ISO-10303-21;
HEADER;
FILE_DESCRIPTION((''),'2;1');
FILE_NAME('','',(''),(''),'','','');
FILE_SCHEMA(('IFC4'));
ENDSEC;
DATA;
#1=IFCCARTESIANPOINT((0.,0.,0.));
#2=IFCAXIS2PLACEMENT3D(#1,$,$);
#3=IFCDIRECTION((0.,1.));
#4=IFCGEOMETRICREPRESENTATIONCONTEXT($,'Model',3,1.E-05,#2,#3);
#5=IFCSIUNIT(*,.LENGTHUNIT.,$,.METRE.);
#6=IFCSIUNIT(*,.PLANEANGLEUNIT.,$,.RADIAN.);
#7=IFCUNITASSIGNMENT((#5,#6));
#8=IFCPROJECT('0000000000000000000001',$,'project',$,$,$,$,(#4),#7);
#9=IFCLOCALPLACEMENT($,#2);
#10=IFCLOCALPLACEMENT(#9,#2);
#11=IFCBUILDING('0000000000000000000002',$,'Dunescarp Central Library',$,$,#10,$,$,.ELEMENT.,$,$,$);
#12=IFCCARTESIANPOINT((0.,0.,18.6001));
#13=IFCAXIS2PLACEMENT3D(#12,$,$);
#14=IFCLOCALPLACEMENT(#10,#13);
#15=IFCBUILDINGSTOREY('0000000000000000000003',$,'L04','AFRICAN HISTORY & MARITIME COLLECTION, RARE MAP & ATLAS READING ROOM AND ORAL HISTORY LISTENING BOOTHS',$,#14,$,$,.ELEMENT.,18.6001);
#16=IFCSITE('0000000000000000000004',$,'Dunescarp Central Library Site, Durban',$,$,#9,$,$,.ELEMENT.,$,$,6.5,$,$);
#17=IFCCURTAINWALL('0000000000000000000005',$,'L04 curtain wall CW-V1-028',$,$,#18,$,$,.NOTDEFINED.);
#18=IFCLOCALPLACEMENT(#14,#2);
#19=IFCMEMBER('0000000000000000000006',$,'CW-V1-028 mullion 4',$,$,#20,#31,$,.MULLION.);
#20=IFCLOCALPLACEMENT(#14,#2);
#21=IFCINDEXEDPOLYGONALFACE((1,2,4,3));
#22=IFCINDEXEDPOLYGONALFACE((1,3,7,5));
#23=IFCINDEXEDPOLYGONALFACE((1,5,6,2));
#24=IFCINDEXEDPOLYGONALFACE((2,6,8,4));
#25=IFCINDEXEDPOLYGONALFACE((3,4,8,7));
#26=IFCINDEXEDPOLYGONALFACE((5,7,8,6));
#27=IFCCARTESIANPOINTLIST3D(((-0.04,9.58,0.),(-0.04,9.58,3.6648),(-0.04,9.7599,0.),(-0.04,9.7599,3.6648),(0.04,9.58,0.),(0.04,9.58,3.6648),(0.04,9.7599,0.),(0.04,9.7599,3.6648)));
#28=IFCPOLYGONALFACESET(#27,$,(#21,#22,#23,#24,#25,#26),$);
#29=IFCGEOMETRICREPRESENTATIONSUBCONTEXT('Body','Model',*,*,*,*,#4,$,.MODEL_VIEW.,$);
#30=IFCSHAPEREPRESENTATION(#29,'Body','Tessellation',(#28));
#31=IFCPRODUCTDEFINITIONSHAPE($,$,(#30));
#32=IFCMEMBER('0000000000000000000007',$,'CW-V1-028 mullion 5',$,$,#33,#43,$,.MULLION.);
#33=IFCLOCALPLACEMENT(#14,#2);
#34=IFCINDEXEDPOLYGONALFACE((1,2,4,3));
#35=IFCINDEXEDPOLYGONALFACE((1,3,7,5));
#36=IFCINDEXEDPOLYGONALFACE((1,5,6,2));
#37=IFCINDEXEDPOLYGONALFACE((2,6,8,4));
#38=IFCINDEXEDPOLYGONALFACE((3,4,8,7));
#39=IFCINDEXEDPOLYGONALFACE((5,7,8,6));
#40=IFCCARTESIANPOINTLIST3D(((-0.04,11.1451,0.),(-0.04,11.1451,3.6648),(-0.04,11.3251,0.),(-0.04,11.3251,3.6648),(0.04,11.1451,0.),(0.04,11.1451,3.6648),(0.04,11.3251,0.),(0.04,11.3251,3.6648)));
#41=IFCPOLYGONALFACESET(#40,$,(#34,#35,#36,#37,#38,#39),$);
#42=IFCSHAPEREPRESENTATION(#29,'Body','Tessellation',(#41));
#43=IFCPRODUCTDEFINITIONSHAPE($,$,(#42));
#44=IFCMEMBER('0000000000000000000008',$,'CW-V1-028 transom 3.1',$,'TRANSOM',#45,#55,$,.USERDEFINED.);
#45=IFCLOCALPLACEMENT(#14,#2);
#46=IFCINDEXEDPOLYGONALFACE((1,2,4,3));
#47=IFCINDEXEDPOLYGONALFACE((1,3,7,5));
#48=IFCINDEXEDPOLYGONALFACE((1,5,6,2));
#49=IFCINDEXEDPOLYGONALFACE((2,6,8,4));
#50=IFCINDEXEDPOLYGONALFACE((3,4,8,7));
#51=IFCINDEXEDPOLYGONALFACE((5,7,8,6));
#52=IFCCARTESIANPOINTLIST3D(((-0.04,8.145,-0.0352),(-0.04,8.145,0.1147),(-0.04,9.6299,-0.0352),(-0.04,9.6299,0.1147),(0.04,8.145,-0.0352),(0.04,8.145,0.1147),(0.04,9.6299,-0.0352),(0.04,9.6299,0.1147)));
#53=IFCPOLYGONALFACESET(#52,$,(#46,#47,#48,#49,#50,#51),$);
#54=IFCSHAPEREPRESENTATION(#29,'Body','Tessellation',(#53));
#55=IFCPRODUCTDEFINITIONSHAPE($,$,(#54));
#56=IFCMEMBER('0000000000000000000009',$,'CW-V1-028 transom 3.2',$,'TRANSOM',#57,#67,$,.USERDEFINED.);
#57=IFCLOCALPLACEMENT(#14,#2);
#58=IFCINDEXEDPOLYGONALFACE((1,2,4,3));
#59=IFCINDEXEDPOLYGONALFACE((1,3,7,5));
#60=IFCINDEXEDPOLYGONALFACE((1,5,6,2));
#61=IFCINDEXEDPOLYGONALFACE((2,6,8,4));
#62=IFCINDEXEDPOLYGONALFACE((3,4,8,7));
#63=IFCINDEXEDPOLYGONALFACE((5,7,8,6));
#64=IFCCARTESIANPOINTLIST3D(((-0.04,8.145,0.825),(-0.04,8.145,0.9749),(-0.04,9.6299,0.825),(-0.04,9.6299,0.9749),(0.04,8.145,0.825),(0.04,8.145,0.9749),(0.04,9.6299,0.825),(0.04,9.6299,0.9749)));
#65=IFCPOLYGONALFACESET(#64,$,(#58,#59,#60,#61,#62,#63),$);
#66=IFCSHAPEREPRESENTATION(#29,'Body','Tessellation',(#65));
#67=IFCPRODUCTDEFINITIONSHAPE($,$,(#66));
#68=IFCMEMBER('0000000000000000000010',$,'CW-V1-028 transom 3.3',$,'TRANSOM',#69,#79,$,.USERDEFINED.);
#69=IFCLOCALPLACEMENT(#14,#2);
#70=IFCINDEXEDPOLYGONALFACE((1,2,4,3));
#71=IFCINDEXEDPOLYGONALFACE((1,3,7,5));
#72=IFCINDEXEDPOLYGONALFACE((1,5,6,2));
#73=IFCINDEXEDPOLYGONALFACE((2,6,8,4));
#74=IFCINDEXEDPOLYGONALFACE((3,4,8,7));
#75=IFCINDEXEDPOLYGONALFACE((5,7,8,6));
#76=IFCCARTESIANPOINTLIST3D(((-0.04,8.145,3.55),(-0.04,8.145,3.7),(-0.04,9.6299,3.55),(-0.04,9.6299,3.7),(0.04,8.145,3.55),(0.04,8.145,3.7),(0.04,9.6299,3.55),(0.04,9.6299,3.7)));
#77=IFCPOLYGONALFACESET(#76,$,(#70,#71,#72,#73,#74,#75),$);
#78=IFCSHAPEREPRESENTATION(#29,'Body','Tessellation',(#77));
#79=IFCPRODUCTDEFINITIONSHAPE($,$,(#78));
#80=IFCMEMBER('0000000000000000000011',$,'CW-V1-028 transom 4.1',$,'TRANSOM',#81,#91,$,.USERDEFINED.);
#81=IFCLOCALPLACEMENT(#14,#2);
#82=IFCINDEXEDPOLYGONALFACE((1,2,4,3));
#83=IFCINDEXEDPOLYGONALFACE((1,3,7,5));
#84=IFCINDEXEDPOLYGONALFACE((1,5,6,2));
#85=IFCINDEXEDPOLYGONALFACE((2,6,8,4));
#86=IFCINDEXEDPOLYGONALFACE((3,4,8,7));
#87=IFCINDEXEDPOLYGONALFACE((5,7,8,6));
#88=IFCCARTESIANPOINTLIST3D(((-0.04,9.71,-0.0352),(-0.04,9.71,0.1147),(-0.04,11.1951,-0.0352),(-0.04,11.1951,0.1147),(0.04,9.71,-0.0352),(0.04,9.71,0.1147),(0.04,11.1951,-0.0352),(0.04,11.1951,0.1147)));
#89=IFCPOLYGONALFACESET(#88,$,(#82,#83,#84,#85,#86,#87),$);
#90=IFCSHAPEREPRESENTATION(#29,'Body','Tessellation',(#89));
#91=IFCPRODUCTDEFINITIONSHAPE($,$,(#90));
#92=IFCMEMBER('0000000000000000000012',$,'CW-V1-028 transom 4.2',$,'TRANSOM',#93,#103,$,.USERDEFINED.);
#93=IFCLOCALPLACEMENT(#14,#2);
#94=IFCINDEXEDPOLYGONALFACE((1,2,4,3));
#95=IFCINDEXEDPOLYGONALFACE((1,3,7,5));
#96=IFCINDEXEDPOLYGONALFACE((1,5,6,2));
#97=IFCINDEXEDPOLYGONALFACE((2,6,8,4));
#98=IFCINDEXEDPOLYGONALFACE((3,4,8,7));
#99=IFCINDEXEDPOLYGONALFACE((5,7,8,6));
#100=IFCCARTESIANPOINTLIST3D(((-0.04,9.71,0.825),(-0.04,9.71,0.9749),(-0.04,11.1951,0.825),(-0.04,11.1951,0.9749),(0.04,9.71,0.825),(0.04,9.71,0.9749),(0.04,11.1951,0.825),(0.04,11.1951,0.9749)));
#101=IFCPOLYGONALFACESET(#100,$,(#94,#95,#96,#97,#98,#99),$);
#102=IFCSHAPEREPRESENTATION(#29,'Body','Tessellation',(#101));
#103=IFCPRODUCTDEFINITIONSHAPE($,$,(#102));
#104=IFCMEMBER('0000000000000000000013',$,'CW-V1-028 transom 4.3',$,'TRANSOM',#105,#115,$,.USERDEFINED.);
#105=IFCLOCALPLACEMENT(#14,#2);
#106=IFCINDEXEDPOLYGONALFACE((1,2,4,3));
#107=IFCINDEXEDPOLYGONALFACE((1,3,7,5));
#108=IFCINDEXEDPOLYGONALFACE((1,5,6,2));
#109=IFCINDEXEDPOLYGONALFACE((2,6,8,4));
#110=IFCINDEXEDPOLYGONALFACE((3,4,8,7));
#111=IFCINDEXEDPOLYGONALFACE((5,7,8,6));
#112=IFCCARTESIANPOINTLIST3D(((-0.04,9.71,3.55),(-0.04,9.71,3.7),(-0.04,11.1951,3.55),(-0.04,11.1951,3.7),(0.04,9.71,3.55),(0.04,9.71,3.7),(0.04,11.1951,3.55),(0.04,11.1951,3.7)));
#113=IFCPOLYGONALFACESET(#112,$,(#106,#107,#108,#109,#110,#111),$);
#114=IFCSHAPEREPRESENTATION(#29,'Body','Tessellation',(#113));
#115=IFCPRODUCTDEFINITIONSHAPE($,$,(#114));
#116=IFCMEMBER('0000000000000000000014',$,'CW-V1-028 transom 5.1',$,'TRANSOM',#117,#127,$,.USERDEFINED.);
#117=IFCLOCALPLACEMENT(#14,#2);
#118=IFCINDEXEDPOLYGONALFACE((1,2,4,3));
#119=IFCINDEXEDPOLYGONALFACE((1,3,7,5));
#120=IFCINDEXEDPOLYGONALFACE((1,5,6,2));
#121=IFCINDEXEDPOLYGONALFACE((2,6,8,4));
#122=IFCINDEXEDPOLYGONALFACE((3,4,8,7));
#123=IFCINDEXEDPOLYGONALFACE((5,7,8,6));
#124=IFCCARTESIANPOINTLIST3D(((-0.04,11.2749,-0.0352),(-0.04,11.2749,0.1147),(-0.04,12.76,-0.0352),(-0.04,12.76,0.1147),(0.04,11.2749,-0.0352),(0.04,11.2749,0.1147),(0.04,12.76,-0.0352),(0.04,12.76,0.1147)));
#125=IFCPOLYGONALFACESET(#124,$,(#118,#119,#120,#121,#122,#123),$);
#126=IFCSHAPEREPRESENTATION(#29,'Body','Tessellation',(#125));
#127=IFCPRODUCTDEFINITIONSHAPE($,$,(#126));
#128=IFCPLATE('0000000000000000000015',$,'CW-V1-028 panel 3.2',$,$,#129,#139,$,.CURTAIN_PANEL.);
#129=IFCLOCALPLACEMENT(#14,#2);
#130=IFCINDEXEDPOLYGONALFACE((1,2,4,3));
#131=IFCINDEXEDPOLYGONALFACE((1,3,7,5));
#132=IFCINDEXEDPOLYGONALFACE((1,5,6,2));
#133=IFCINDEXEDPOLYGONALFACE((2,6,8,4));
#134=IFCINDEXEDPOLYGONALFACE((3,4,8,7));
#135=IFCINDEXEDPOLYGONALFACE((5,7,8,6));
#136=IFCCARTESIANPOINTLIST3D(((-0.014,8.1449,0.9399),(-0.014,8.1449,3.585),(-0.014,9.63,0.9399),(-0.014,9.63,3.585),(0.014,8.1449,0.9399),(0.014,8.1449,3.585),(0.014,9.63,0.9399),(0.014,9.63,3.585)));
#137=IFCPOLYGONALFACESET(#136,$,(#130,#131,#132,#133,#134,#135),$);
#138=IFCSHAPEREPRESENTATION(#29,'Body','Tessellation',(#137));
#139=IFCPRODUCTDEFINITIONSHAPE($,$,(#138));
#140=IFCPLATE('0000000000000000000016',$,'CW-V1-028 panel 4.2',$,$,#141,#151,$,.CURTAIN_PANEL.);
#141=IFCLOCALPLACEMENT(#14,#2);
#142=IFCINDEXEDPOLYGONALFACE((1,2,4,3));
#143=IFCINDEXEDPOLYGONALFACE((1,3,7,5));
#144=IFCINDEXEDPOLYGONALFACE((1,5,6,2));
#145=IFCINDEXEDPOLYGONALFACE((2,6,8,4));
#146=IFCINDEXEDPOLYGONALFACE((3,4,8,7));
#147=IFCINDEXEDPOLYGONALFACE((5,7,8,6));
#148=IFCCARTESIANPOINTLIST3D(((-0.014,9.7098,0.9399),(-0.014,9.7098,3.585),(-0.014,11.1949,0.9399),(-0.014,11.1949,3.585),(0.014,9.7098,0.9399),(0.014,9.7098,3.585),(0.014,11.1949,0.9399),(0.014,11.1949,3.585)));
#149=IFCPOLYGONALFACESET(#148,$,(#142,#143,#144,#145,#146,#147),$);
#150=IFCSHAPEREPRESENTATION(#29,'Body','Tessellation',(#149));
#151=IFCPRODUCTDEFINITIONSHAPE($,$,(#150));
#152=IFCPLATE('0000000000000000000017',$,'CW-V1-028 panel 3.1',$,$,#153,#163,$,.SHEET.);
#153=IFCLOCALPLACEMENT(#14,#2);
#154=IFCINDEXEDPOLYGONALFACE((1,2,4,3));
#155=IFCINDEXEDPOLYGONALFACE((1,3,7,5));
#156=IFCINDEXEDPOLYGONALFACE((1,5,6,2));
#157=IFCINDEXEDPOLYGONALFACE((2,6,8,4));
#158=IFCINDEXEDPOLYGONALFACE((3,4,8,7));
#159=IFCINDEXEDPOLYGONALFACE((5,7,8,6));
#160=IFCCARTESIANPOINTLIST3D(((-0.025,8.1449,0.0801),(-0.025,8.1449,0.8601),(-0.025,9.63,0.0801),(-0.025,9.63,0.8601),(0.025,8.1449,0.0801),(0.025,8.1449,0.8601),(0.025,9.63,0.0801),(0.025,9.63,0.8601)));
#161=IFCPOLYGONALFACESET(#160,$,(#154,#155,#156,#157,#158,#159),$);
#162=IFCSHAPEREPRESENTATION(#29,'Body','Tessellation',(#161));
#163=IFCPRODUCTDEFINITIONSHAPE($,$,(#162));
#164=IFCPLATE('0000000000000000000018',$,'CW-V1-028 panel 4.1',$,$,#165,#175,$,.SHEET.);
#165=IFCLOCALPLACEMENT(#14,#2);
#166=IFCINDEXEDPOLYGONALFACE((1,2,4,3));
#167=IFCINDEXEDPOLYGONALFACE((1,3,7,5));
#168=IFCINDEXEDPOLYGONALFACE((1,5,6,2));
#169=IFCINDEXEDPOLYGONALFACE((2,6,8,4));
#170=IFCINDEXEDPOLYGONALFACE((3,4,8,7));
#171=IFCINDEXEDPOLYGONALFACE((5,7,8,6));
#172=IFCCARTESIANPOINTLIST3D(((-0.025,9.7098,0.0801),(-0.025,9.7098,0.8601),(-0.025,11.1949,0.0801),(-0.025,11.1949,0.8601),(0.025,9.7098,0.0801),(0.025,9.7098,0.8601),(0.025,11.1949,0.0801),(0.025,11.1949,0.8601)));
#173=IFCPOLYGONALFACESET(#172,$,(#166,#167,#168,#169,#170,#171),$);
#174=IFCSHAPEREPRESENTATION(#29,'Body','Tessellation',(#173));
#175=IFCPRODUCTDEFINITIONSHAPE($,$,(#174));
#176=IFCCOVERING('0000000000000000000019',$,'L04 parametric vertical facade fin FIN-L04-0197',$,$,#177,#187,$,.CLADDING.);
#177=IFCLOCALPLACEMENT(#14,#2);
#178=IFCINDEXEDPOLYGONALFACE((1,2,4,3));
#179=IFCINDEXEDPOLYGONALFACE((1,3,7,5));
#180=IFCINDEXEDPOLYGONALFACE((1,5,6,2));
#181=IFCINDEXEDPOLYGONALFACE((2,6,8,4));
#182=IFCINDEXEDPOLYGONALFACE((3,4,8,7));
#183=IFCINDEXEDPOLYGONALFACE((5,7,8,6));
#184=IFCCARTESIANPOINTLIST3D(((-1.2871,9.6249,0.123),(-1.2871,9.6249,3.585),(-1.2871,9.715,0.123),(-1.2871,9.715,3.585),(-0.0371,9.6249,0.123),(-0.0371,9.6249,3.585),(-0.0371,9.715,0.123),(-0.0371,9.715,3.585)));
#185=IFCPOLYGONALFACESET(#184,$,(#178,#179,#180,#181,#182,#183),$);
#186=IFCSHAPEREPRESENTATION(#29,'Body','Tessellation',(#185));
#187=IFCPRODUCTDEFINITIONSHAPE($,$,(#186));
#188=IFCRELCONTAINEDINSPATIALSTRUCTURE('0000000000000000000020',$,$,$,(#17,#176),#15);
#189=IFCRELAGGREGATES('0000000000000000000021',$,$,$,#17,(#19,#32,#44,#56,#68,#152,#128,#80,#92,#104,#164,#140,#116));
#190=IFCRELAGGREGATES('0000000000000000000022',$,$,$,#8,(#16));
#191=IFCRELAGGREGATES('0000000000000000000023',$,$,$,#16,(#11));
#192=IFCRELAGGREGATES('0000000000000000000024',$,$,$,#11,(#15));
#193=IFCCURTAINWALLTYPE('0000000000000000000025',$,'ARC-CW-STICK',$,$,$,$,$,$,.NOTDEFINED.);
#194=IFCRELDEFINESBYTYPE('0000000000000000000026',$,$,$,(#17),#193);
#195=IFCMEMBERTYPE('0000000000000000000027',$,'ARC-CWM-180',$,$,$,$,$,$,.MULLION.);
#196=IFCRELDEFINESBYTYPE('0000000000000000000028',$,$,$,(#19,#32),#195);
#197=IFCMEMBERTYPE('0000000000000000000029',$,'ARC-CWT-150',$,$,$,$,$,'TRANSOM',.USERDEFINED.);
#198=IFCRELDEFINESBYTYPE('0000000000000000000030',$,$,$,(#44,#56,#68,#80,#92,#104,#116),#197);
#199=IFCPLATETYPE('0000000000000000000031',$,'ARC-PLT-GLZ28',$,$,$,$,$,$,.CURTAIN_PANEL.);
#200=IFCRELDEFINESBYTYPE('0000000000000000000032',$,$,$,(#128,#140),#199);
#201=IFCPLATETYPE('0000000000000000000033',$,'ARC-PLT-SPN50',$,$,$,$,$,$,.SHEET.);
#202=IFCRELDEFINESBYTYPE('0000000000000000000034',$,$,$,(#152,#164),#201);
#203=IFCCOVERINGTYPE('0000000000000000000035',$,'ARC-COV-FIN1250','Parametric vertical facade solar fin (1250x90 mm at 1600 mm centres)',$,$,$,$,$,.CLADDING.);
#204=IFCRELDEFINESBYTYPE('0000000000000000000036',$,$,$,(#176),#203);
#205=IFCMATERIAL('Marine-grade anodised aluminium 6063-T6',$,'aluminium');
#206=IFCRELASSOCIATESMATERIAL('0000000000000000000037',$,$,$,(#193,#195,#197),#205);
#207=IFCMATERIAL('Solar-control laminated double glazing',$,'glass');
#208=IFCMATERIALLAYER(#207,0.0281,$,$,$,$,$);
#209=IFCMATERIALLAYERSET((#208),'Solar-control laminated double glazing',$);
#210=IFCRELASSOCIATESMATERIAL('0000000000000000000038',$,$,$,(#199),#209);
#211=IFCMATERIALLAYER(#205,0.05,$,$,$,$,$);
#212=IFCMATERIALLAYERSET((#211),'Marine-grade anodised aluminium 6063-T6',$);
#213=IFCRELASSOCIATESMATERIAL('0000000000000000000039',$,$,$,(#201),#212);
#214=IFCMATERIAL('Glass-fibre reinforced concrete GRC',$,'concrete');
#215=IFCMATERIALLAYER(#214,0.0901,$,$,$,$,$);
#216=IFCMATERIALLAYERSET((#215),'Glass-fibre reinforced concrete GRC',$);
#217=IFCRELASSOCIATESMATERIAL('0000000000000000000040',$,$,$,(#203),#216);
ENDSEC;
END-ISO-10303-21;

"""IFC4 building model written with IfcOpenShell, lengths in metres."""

from ifc_helpers import new_model, si_unit, direction, frame, origin, origin_2d, place, context, subcontext, project, spatial, rectangle, extrude, material, layer, layer_set, material_profile, profile_set, type_object, element, aggregate, save


model = new_model("IFC4")

# Units and contexts
model_context = context("Model", 3, precision=1e-05, world=origin(), true_north=direction((0.0, 1.0)))
body_context = subcontext(model_context, "Body", "Model", "MODEL_VIEW")
ifc_project = project(units=[si_unit("LENGTHUNIT", "METRE"), si_unit("PLANEANGLEUNIT", "RADIAN")], contexts=[model_context])

# Site, building, storey
site_placement = place(None, origin())
site = spatial("IfcSite", under=ifc_project, at=site_placement, Name="Dunescarp Central Library Site, Durban", CompositionType="ELEMENT", RefElevation=6.5)
building_placement = place(site_placement, origin())
building = spatial("IfcBuilding", under=site, at=building_placement, Name="Dunescarp Central Library", CompositionType="ELEMENT")
storey_placement = place(building_placement, frame((0.0, 0.0, 18.6001)))
storey = spatial("IfcBuildingStorey", under=building, at=storey_placement, Name="L04", Description="AFRICAN HISTORY & MARITIME COLLECTION, RARE MAP & ATLAS READING ROOM AND ORAL HISTORY LISTENING BOOTHS", CompositionType="ELEMENT", Elevation=18.6001)

# Curtain wall, members, plates
ifc_material_1 = material(Name="Marine-grade anodised aluminium 6063-T6", Category="aluminium")
curtain_wall_type = type_object("IfcCurtainWallType", Name="ARC-CW-STICK", PredefinedType="NOTDEFINED", material=ifc_material_1)
curtain_wall_placement = place(storey_placement, origin())
curtain_wall = element("IfcCurtainWall", 1, at=curtain_wall_placement, inside=storey, type_object=curtain_wall_type, Name="L04 curtain wall CW-V1-028", PredefinedType="NOTDEFINED")
ifc_material_profile_1 = material_profile(ifc_material_1, rectangle(XDim=0.0801, YDim=0.1799, at=origin_2d()), Name="AL 80x180")
ifc_profile_set_1 = profile_set([ifc_material_profile_1], Name="Marine-grade anodised aluminium 6063-T6")
member_type_1 = type_object("IfcMemberType", Name="ARC-CWM-180", PredefinedType="MULLION", material=ifc_profile_set_1)
member_1_placement = place(storey_placement, frame((0.0, 9.6699, 0.0), z_axis=(0.0, 0.0, 1.0), x_axis=(-1.0, 0.0, 0.0)))
member_1 = element("IfcMember", 2, at=member_1_placement, type_object=member_type_1, Name="CW-V1-028 mullion 4", PredefinedType="MULLION", context=body_context, shape_type="SweptSolid", body=[
    extrude(rectangle(XDim=0.0801, YDim=0.1799, at=origin_2d()), origin(), (0.0, 0.0, 1.0), 3.6648),
])
member_2_placement = place(storey_placement, frame((0.0, 11.2351, 0.0), z_axis=(0.0, 0.0, 1.0), x_axis=(-1.0, 0.0, 0.0)))
member_2 = element("IfcMember", 3, at=member_2_placement, type_object=member_type_1, Name="CW-V1-028 mullion 5", PredefinedType="MULLION", context=body_context, shape_type="SweptSolid", body=[
    extrude(rectangle(XDim=0.0801, YDim=0.1799, at=origin_2d()), origin(), (0.0, 0.0, 1.0), 3.6648),
])
ifc_material_profile_2 = material_profile(ifc_material_1, rectangle(XDim=0.0801, YDim=0.1499, at=origin_2d()), Name="AL 80x150")
ifc_profile_set_2 = profile_set([ifc_material_profile_2], Name="Marine-grade anodised aluminium 6063-T6")
member_type_2 = type_object("IfcMemberType", Name="ARC-CWT-150", ElementType="TRANSOM", PredefinedType="USERDEFINED", material=ifc_profile_set_2)
member_3_placement = place(storey_placement, frame((0.0, 8.145, 0.0398), z_axis=(0.0, 1.0, 0.0), x_axis=(-1.0, 0.0, 0.0)))
member_3 = element("IfcMember", 4, at=member_3_placement, type_object=member_type_2, Name="CW-V1-028 transom 3.1", ObjectType="TRANSOM", PredefinedType="USERDEFINED", context=body_context, shape_type="SweptSolid", body=[
    extrude(rectangle(XDim=0.0801, YDim=0.1499, at=origin_2d()), origin(), (0.0, 0.0, 1.0), 1.4849),
])
member_4_placement = place(storey_placement, frame((0.0, 8.145, 0.8999), z_axis=(0.0, 1.0, 0.0), x_axis=(-1.0, 0.0, 0.0)))
member_4 = element("IfcMember", 5, at=member_4_placement, type_object=member_type_2, Name="CW-V1-028 transom 3.2", ObjectType="TRANSOM", PredefinedType="USERDEFINED", context=body_context, shape_type="SweptSolid", body=[
    extrude(rectangle(XDim=0.0801, YDim=0.1499, at=origin_2d()), origin(), (0.0, 0.0, 1.0), 1.4849),
])
member_5_placement = place(storey_placement, frame((0.0, 8.145, 3.625), z_axis=(0.0, 1.0, 0.0), x_axis=(-1.0, 0.0, 0.0)))
member_5 = element("IfcMember", 6, at=member_5_placement, type_object=member_type_2, Name="CW-V1-028 transom 3.3", ObjectType="TRANSOM", PredefinedType="USERDEFINED", context=body_context, shape_type="SweptSolid", body=[
    extrude(rectangle(XDim=0.0801, YDim=0.1499, at=origin_2d()), origin(), (0.0, 0.0, 1.0), 1.4849),
])
member_6_placement = place(storey_placement, frame((0.0, 9.71, 0.0398), z_axis=(0.0, 1.0, 0.0), x_axis=(-1.0, 0.0, 0.0)))
member_6 = element("IfcMember", 7, at=member_6_placement, type_object=member_type_2, Name="CW-V1-028 transom 4.1", ObjectType="TRANSOM", PredefinedType="USERDEFINED", context=body_context, shape_type="SweptSolid", body=[
    extrude(rectangle(XDim=0.0801, YDim=0.1499, at=origin_2d()), origin(), (0.0, 0.0, 1.0), 1.4851),
])
member_7_placement = place(storey_placement, frame((0.0, 9.71, 0.8999), z_axis=(0.0, 1.0, 0.0), x_axis=(-1.0, 0.0, 0.0)))
member_7 = element("IfcMember", 8, at=member_7_placement, type_object=member_type_2, Name="CW-V1-028 transom 4.2", ObjectType="TRANSOM", PredefinedType="USERDEFINED", context=body_context, shape_type="SweptSolid", body=[
    extrude(rectangle(XDim=0.0801, YDim=0.1499, at=origin_2d()), origin(), (0.0, 0.0, 1.0), 1.4851),
])
member_8_placement = place(storey_placement, frame((0.0, 9.71, 3.625), z_axis=(0.0, 1.0, 0.0), x_axis=(-1.0, 0.0, 0.0)))
member_8 = element("IfcMember", 9, at=member_8_placement, type_object=member_type_2, Name="CW-V1-028 transom 4.3", ObjectType="TRANSOM", PredefinedType="USERDEFINED", context=body_context, shape_type="SweptSolid", body=[
    extrude(rectangle(XDim=0.0801, YDim=0.1499, at=origin_2d()), origin(), (0.0, 0.0, 1.0), 1.4851),
])
member_9_placement = place(storey_placement, frame((0.0, 11.2749, 0.0398), z_axis=(0.0, 1.0, 0.0), x_axis=(-1.0, 0.0, 0.0)))
member_9 = element("IfcMember", 10, at=member_9_placement, type_object=member_type_2, Name="CW-V1-028 transom 5.1", ObjectType="TRANSOM", PredefinedType="USERDEFINED", context=body_context, shape_type="SweptSolid", body=[
    extrude(rectangle(XDim=0.0801, YDim=0.1499, at=origin_2d()), origin(), (0.0, 0.0, 1.0), 1.4851),
])
ifc_material_2 = material(Name="Solar-control laminated double glazing", Category="glass")
ifc_layer_1 = layer(ifc_material_2, 0.0281)
ifc_layer_set_1 = layer_set([ifc_layer_1], Name="Solar-control laminated double glazing")
plate_type_1 = type_object("IfcPlateType", Name="ARC-PLT-GLZ28", PredefinedType="CURTAIN_PANEL", material=ifc_layer_set_1)
plate_1_placement = place(storey_placement, frame((0.0, 8.8875, 0.9399), z_axis=(0.0, 0.0, 1.0), x_axis=(0.0, 1.0, 0.0)))
plate_1 = element("IfcPlate", 11, at=plate_1_placement, type_object=plate_type_1, Name="CW-V1-028 panel 3.2", PredefinedType="CURTAIN_PANEL", context=body_context, shape_type="SweptSolid", body=[
    extrude(rectangle(XDim=1.4851, YDim=0.0281, at=origin_2d()), origin(), (0.0, 0.0, 1.0), 2.645),
])
plate_2_placement = place(storey_placement, frame((0.0, 10.4524, 0.9399), z_axis=(0.0, 0.0, 1.0), x_axis=(0.0, 1.0, 0.0)))
plate_2 = element("IfcPlate", 12, at=plate_2_placement, type_object=plate_type_1, Name="CW-V1-028 panel 4.2", PredefinedType="CURTAIN_PANEL", context=body_context, shape_type="SweptSolid", body=[
    extrude(rectangle(XDim=1.4851, YDim=0.0281, at=origin_2d()), origin(), (0.0, 0.0, 1.0), 2.645),
])
ifc_layer_2 = layer(ifc_material_1, 0.05)
ifc_layer_set_2 = layer_set([ifc_layer_2], Name="Marine-grade anodised aluminium 6063-T6")
plate_type_2 = type_object("IfcPlateType", Name="ARC-PLT-SPN50", PredefinedType="SHEET", material=ifc_layer_set_2)
plate_3_placement = place(storey_placement, frame((0.0, 8.8875, 0.0801), z_axis=(0.0, 0.0, 1.0), x_axis=(0.0, 1.0, 0.0)))
plate_3 = element("IfcPlate", 13, at=plate_3_placement, type_object=plate_type_2, Name="CW-V1-028 panel 3.1", PredefinedType="SHEET", context=body_context, shape_type="SweptSolid", body=[
    extrude(rectangle(XDim=1.4851, YDim=0.05, at=origin_2d()), origin(), (0.0, 0.0, 1.0), 0.78),
])
plate_4_placement = place(storey_placement, frame((0.0, 10.4524, 0.0801), z_axis=(0.0, 0.0, 1.0), x_axis=(0.0, 1.0, 0.0)))
plate_4 = element("IfcPlate", 14, at=plate_4_placement, type_object=plate_type_2, Name="CW-V1-028 panel 4.1", PredefinedType="SHEET", context=body_context, shape_type="SweptSolid", body=[
    extrude(rectangle(XDim=1.4851, YDim=0.05, at=origin_2d()), origin(), (0.0, 0.0, 1.0), 0.78),
])
aggregate(curtain_wall, [member_1, member_2, member_3, member_4, member_5, plate_3, plate_1, member_6, member_7, member_8, plate_4, plate_2, member_9])

# Covering
ifc_material_3 = material(Name="Glass-fibre reinforced concrete GRC", Category="concrete")
ifc_layer_3 = layer(ifc_material_3, 0.0901)
ifc_layer_set_3 = layer_set([ifc_layer_3], Name="Glass-fibre reinforced concrete GRC")
covering_type = type_object("IfcCoveringType", Name="ARC-COV-FIN1250", Description="Parametric vertical facade solar fin (1250x90 mm at 1600 mm centres)", PredefinedType="CLADDING", material=ifc_layer_set_3)
covering_1_placement = place(storey_placement, frame((-0.6621, 9.6699, 0.123), z_axis=(0.0, 0.0, 1.0), x_axis=(-1.0, 0.0, 0.0)))
element("IfcCovering", 15, at=covering_1_placement, inside=storey, type_object=covering_type, Name="L04 parametric vertical facade fin FIN-L04-0197", PredefinedType="CLADDING", context=body_context, shape_type="SweptSolid", body=[
    extrude(rectangle(XDim=1.25, YDim=0.0901, at=origin_2d()), origin(), (0.0, 0.0, 1.0), 3.4619),
])

save(model, "model.ifc")
